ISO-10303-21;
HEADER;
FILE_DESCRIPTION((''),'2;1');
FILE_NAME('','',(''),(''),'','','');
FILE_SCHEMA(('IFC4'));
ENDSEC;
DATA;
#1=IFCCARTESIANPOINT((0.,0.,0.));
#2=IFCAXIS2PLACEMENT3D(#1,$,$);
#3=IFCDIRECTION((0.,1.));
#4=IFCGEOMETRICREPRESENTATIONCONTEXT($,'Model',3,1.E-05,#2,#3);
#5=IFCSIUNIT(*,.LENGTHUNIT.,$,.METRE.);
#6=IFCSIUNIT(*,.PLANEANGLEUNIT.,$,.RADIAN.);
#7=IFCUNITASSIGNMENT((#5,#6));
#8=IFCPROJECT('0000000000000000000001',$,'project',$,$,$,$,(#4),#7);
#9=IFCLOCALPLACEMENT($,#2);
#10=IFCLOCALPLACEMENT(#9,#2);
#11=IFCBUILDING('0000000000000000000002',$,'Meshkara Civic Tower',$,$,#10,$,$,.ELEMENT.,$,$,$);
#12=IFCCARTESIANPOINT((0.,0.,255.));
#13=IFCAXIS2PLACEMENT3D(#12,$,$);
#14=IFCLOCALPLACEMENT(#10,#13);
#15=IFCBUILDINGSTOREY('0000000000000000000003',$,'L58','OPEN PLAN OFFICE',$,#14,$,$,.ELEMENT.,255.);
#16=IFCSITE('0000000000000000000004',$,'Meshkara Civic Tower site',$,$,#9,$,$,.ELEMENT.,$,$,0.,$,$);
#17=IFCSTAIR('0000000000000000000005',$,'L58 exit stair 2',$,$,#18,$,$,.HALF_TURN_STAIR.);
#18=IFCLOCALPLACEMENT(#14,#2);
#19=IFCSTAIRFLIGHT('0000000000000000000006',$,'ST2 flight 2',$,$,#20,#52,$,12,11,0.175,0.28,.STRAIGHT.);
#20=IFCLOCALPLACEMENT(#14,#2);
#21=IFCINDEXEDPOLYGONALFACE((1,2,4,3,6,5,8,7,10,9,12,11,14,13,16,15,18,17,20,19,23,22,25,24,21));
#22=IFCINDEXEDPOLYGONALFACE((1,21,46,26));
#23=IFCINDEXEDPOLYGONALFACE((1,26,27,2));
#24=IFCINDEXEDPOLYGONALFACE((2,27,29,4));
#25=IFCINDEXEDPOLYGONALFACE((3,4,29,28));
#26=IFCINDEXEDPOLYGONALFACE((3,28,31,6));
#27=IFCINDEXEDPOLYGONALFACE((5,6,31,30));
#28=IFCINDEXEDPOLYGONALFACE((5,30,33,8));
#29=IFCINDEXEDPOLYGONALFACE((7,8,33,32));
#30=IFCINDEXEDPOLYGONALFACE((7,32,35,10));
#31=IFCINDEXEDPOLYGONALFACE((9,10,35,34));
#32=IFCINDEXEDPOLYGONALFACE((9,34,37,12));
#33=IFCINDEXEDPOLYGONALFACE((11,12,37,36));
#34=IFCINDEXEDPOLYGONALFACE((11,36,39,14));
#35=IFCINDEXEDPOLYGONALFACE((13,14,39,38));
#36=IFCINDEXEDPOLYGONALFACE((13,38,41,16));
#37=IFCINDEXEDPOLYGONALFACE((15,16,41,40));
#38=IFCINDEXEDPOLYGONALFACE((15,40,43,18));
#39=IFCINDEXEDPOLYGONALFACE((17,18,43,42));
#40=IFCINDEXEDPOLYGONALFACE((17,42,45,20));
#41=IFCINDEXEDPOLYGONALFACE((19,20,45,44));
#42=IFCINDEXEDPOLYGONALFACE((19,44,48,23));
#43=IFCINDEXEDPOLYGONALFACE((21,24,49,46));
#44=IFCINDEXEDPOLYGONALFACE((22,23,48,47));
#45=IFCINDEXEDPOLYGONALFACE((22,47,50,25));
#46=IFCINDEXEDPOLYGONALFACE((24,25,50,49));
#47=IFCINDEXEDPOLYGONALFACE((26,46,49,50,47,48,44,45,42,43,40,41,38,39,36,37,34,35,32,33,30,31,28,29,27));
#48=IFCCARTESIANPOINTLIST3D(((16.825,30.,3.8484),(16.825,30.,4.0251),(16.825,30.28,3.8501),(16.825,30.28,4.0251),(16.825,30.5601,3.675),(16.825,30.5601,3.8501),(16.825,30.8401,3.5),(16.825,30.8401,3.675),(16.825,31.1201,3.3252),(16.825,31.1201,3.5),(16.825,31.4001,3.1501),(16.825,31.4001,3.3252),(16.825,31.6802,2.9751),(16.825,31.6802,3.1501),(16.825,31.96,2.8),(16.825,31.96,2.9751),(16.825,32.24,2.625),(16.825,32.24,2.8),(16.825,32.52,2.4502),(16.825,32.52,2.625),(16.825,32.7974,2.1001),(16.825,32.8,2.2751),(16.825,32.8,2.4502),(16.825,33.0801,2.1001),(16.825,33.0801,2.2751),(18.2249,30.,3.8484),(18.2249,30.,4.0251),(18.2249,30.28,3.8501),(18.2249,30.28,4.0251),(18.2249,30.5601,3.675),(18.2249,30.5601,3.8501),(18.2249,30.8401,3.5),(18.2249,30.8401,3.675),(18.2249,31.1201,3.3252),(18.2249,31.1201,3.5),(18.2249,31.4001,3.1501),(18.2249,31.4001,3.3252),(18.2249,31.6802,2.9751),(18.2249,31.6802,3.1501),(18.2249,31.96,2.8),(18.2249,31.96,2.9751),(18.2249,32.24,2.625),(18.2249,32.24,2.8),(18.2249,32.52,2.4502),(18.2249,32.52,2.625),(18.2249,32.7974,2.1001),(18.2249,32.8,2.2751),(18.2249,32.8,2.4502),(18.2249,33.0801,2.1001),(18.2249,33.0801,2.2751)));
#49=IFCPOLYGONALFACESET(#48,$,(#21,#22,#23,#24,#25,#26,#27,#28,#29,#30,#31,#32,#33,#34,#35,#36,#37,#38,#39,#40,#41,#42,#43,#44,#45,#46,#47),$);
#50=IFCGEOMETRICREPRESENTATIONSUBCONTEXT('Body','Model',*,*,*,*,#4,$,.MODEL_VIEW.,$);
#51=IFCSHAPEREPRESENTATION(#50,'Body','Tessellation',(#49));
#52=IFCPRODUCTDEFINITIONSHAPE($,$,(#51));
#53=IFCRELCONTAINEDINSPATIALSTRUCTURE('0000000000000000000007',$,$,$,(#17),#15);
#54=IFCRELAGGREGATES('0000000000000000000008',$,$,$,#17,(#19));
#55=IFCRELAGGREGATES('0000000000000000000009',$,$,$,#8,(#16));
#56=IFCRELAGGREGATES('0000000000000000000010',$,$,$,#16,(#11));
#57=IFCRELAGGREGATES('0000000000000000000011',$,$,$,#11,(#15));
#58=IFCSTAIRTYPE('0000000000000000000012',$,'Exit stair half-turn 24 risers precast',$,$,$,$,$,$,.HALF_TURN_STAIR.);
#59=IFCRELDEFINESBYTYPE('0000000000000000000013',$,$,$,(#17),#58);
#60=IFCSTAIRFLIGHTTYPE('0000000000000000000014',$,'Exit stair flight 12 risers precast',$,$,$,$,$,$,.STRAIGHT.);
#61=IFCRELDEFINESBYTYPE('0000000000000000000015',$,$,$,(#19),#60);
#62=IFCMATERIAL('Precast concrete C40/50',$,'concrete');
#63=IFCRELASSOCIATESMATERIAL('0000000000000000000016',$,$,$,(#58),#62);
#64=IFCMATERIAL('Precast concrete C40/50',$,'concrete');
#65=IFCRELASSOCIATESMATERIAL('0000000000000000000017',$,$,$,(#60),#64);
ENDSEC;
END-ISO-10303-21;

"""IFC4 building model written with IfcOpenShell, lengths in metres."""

from ifc_helpers import new_model, si_unit, direction, frame, origin, place, context, subcontext, project, spatial, polyline, outline, extrude, material, type_object, element, aggregate, save


model = new_model("IFC4")

# Units and contexts
model_context = context("Model", 3, precision=1e-05, world=origin(), true_north=direction((0.0, 1.0)))
body_context = subcontext(model_context, "Body", "Model", "MODEL_VIEW")
ifc_project = project(units=[si_unit("LENGTHUNIT", "METRE"), si_unit("PLANEANGLEUNIT", "RADIAN")], contexts=[model_context])

# Site, building, storey
site_placement = place(None, origin())
site = spatial("IfcSite", under=ifc_project, at=site_placement, Name="Meshkara Civic Tower site", CompositionType="ELEMENT", RefElevation=0.0)
building_placement = place(site_placement, origin())
building = spatial("IfcBuilding", under=site, at=building_placement, Name="Meshkara Civic Tower", CompositionType="ELEMENT")
storey_placement = place(building_placement, frame((0.0, 0.0, 255.0)))
storey = spatial("IfcBuildingStorey", under=building, at=storey_placement, Name="L58", Description="OPEN PLAN OFFICE", CompositionType="ELEMENT", Elevation=255.0)

# Stair, stair flight
ifc_material_1 = material(Name="Precast concrete C40/50", Category="concrete")
stair_type = type_object("IfcStairType", Name="Exit stair half-turn 24 risers precast", PredefinedType="HALF_TURN_STAIR", material=ifc_material_1)
stair_placement = place(storey_placement, origin())
stair = element("IfcStair", 1, at=stair_placement, inside=storey, type_object=stair_type, Name="L58 exit stair 2", PredefinedType="HALF_TURN_STAIR")
ifc_material_2 = material(Name="Precast concrete C40/50", Category="concrete")
stair_flight_type = type_object("IfcStairFlightType", Name="Exit stair flight 12 risers precast", PredefinedType="STRAIGHT", material=ifc_material_2)
stair_flight_1_placement = place(storey_placement, frame((17.5249, 33.0801, 2.1001), z_axis=(0.0, 0.0, 1.0), x_axis=(0.0, -1.0, 0.0)))
stair_flight_1 = element("IfcStairFlight", 2, at=stair_flight_1_placement, type_object=stair_flight_type, Name="ST2 flight 2", NumberOfRisers=12, NumberOfTreads=11, PredefinedType="STRAIGHT", RiserHeight=0.175, TreadLength=0.28, context=body_context, shape_type="SweptSolid", body=[
    extrude(outline(polyline([(0.0, 0.0), (0.0, 0.175), (0.28, 0.175), (0.28, 0.3501), (0.5601, 0.3501), (0.5601, 0.5249), (0.8401, 0.5249), (0.8401, 0.7), (1.1201, 0.7), (1.1201, 0.875), (1.3999, 0.875), (1.3999, 1.05), (1.6799, 1.05), (1.6799, 1.2251), (1.96, 1.2251), (1.96, 1.3999), (2.24, 1.3999), (2.24, 1.575), (2.52, 1.575), (2.52, 1.75), (2.8, 1.75), (2.8, 1.925), (3.0801, 1.925), (3.0801, 2.1001), (3.0801, 1.7483), (0.2827, 0.0), (0.0, 0.0)])), frame((0.0, 0.7, 0.0), z_axis=(0.0, -1.0, 0.0), x_axis=(1.0, 0.0, 0.0)), (0.0, 0.0, 1.0), 1.3999),
])
aggregate(stair, [stair_flight_1])

save(model, "model.ifc")
